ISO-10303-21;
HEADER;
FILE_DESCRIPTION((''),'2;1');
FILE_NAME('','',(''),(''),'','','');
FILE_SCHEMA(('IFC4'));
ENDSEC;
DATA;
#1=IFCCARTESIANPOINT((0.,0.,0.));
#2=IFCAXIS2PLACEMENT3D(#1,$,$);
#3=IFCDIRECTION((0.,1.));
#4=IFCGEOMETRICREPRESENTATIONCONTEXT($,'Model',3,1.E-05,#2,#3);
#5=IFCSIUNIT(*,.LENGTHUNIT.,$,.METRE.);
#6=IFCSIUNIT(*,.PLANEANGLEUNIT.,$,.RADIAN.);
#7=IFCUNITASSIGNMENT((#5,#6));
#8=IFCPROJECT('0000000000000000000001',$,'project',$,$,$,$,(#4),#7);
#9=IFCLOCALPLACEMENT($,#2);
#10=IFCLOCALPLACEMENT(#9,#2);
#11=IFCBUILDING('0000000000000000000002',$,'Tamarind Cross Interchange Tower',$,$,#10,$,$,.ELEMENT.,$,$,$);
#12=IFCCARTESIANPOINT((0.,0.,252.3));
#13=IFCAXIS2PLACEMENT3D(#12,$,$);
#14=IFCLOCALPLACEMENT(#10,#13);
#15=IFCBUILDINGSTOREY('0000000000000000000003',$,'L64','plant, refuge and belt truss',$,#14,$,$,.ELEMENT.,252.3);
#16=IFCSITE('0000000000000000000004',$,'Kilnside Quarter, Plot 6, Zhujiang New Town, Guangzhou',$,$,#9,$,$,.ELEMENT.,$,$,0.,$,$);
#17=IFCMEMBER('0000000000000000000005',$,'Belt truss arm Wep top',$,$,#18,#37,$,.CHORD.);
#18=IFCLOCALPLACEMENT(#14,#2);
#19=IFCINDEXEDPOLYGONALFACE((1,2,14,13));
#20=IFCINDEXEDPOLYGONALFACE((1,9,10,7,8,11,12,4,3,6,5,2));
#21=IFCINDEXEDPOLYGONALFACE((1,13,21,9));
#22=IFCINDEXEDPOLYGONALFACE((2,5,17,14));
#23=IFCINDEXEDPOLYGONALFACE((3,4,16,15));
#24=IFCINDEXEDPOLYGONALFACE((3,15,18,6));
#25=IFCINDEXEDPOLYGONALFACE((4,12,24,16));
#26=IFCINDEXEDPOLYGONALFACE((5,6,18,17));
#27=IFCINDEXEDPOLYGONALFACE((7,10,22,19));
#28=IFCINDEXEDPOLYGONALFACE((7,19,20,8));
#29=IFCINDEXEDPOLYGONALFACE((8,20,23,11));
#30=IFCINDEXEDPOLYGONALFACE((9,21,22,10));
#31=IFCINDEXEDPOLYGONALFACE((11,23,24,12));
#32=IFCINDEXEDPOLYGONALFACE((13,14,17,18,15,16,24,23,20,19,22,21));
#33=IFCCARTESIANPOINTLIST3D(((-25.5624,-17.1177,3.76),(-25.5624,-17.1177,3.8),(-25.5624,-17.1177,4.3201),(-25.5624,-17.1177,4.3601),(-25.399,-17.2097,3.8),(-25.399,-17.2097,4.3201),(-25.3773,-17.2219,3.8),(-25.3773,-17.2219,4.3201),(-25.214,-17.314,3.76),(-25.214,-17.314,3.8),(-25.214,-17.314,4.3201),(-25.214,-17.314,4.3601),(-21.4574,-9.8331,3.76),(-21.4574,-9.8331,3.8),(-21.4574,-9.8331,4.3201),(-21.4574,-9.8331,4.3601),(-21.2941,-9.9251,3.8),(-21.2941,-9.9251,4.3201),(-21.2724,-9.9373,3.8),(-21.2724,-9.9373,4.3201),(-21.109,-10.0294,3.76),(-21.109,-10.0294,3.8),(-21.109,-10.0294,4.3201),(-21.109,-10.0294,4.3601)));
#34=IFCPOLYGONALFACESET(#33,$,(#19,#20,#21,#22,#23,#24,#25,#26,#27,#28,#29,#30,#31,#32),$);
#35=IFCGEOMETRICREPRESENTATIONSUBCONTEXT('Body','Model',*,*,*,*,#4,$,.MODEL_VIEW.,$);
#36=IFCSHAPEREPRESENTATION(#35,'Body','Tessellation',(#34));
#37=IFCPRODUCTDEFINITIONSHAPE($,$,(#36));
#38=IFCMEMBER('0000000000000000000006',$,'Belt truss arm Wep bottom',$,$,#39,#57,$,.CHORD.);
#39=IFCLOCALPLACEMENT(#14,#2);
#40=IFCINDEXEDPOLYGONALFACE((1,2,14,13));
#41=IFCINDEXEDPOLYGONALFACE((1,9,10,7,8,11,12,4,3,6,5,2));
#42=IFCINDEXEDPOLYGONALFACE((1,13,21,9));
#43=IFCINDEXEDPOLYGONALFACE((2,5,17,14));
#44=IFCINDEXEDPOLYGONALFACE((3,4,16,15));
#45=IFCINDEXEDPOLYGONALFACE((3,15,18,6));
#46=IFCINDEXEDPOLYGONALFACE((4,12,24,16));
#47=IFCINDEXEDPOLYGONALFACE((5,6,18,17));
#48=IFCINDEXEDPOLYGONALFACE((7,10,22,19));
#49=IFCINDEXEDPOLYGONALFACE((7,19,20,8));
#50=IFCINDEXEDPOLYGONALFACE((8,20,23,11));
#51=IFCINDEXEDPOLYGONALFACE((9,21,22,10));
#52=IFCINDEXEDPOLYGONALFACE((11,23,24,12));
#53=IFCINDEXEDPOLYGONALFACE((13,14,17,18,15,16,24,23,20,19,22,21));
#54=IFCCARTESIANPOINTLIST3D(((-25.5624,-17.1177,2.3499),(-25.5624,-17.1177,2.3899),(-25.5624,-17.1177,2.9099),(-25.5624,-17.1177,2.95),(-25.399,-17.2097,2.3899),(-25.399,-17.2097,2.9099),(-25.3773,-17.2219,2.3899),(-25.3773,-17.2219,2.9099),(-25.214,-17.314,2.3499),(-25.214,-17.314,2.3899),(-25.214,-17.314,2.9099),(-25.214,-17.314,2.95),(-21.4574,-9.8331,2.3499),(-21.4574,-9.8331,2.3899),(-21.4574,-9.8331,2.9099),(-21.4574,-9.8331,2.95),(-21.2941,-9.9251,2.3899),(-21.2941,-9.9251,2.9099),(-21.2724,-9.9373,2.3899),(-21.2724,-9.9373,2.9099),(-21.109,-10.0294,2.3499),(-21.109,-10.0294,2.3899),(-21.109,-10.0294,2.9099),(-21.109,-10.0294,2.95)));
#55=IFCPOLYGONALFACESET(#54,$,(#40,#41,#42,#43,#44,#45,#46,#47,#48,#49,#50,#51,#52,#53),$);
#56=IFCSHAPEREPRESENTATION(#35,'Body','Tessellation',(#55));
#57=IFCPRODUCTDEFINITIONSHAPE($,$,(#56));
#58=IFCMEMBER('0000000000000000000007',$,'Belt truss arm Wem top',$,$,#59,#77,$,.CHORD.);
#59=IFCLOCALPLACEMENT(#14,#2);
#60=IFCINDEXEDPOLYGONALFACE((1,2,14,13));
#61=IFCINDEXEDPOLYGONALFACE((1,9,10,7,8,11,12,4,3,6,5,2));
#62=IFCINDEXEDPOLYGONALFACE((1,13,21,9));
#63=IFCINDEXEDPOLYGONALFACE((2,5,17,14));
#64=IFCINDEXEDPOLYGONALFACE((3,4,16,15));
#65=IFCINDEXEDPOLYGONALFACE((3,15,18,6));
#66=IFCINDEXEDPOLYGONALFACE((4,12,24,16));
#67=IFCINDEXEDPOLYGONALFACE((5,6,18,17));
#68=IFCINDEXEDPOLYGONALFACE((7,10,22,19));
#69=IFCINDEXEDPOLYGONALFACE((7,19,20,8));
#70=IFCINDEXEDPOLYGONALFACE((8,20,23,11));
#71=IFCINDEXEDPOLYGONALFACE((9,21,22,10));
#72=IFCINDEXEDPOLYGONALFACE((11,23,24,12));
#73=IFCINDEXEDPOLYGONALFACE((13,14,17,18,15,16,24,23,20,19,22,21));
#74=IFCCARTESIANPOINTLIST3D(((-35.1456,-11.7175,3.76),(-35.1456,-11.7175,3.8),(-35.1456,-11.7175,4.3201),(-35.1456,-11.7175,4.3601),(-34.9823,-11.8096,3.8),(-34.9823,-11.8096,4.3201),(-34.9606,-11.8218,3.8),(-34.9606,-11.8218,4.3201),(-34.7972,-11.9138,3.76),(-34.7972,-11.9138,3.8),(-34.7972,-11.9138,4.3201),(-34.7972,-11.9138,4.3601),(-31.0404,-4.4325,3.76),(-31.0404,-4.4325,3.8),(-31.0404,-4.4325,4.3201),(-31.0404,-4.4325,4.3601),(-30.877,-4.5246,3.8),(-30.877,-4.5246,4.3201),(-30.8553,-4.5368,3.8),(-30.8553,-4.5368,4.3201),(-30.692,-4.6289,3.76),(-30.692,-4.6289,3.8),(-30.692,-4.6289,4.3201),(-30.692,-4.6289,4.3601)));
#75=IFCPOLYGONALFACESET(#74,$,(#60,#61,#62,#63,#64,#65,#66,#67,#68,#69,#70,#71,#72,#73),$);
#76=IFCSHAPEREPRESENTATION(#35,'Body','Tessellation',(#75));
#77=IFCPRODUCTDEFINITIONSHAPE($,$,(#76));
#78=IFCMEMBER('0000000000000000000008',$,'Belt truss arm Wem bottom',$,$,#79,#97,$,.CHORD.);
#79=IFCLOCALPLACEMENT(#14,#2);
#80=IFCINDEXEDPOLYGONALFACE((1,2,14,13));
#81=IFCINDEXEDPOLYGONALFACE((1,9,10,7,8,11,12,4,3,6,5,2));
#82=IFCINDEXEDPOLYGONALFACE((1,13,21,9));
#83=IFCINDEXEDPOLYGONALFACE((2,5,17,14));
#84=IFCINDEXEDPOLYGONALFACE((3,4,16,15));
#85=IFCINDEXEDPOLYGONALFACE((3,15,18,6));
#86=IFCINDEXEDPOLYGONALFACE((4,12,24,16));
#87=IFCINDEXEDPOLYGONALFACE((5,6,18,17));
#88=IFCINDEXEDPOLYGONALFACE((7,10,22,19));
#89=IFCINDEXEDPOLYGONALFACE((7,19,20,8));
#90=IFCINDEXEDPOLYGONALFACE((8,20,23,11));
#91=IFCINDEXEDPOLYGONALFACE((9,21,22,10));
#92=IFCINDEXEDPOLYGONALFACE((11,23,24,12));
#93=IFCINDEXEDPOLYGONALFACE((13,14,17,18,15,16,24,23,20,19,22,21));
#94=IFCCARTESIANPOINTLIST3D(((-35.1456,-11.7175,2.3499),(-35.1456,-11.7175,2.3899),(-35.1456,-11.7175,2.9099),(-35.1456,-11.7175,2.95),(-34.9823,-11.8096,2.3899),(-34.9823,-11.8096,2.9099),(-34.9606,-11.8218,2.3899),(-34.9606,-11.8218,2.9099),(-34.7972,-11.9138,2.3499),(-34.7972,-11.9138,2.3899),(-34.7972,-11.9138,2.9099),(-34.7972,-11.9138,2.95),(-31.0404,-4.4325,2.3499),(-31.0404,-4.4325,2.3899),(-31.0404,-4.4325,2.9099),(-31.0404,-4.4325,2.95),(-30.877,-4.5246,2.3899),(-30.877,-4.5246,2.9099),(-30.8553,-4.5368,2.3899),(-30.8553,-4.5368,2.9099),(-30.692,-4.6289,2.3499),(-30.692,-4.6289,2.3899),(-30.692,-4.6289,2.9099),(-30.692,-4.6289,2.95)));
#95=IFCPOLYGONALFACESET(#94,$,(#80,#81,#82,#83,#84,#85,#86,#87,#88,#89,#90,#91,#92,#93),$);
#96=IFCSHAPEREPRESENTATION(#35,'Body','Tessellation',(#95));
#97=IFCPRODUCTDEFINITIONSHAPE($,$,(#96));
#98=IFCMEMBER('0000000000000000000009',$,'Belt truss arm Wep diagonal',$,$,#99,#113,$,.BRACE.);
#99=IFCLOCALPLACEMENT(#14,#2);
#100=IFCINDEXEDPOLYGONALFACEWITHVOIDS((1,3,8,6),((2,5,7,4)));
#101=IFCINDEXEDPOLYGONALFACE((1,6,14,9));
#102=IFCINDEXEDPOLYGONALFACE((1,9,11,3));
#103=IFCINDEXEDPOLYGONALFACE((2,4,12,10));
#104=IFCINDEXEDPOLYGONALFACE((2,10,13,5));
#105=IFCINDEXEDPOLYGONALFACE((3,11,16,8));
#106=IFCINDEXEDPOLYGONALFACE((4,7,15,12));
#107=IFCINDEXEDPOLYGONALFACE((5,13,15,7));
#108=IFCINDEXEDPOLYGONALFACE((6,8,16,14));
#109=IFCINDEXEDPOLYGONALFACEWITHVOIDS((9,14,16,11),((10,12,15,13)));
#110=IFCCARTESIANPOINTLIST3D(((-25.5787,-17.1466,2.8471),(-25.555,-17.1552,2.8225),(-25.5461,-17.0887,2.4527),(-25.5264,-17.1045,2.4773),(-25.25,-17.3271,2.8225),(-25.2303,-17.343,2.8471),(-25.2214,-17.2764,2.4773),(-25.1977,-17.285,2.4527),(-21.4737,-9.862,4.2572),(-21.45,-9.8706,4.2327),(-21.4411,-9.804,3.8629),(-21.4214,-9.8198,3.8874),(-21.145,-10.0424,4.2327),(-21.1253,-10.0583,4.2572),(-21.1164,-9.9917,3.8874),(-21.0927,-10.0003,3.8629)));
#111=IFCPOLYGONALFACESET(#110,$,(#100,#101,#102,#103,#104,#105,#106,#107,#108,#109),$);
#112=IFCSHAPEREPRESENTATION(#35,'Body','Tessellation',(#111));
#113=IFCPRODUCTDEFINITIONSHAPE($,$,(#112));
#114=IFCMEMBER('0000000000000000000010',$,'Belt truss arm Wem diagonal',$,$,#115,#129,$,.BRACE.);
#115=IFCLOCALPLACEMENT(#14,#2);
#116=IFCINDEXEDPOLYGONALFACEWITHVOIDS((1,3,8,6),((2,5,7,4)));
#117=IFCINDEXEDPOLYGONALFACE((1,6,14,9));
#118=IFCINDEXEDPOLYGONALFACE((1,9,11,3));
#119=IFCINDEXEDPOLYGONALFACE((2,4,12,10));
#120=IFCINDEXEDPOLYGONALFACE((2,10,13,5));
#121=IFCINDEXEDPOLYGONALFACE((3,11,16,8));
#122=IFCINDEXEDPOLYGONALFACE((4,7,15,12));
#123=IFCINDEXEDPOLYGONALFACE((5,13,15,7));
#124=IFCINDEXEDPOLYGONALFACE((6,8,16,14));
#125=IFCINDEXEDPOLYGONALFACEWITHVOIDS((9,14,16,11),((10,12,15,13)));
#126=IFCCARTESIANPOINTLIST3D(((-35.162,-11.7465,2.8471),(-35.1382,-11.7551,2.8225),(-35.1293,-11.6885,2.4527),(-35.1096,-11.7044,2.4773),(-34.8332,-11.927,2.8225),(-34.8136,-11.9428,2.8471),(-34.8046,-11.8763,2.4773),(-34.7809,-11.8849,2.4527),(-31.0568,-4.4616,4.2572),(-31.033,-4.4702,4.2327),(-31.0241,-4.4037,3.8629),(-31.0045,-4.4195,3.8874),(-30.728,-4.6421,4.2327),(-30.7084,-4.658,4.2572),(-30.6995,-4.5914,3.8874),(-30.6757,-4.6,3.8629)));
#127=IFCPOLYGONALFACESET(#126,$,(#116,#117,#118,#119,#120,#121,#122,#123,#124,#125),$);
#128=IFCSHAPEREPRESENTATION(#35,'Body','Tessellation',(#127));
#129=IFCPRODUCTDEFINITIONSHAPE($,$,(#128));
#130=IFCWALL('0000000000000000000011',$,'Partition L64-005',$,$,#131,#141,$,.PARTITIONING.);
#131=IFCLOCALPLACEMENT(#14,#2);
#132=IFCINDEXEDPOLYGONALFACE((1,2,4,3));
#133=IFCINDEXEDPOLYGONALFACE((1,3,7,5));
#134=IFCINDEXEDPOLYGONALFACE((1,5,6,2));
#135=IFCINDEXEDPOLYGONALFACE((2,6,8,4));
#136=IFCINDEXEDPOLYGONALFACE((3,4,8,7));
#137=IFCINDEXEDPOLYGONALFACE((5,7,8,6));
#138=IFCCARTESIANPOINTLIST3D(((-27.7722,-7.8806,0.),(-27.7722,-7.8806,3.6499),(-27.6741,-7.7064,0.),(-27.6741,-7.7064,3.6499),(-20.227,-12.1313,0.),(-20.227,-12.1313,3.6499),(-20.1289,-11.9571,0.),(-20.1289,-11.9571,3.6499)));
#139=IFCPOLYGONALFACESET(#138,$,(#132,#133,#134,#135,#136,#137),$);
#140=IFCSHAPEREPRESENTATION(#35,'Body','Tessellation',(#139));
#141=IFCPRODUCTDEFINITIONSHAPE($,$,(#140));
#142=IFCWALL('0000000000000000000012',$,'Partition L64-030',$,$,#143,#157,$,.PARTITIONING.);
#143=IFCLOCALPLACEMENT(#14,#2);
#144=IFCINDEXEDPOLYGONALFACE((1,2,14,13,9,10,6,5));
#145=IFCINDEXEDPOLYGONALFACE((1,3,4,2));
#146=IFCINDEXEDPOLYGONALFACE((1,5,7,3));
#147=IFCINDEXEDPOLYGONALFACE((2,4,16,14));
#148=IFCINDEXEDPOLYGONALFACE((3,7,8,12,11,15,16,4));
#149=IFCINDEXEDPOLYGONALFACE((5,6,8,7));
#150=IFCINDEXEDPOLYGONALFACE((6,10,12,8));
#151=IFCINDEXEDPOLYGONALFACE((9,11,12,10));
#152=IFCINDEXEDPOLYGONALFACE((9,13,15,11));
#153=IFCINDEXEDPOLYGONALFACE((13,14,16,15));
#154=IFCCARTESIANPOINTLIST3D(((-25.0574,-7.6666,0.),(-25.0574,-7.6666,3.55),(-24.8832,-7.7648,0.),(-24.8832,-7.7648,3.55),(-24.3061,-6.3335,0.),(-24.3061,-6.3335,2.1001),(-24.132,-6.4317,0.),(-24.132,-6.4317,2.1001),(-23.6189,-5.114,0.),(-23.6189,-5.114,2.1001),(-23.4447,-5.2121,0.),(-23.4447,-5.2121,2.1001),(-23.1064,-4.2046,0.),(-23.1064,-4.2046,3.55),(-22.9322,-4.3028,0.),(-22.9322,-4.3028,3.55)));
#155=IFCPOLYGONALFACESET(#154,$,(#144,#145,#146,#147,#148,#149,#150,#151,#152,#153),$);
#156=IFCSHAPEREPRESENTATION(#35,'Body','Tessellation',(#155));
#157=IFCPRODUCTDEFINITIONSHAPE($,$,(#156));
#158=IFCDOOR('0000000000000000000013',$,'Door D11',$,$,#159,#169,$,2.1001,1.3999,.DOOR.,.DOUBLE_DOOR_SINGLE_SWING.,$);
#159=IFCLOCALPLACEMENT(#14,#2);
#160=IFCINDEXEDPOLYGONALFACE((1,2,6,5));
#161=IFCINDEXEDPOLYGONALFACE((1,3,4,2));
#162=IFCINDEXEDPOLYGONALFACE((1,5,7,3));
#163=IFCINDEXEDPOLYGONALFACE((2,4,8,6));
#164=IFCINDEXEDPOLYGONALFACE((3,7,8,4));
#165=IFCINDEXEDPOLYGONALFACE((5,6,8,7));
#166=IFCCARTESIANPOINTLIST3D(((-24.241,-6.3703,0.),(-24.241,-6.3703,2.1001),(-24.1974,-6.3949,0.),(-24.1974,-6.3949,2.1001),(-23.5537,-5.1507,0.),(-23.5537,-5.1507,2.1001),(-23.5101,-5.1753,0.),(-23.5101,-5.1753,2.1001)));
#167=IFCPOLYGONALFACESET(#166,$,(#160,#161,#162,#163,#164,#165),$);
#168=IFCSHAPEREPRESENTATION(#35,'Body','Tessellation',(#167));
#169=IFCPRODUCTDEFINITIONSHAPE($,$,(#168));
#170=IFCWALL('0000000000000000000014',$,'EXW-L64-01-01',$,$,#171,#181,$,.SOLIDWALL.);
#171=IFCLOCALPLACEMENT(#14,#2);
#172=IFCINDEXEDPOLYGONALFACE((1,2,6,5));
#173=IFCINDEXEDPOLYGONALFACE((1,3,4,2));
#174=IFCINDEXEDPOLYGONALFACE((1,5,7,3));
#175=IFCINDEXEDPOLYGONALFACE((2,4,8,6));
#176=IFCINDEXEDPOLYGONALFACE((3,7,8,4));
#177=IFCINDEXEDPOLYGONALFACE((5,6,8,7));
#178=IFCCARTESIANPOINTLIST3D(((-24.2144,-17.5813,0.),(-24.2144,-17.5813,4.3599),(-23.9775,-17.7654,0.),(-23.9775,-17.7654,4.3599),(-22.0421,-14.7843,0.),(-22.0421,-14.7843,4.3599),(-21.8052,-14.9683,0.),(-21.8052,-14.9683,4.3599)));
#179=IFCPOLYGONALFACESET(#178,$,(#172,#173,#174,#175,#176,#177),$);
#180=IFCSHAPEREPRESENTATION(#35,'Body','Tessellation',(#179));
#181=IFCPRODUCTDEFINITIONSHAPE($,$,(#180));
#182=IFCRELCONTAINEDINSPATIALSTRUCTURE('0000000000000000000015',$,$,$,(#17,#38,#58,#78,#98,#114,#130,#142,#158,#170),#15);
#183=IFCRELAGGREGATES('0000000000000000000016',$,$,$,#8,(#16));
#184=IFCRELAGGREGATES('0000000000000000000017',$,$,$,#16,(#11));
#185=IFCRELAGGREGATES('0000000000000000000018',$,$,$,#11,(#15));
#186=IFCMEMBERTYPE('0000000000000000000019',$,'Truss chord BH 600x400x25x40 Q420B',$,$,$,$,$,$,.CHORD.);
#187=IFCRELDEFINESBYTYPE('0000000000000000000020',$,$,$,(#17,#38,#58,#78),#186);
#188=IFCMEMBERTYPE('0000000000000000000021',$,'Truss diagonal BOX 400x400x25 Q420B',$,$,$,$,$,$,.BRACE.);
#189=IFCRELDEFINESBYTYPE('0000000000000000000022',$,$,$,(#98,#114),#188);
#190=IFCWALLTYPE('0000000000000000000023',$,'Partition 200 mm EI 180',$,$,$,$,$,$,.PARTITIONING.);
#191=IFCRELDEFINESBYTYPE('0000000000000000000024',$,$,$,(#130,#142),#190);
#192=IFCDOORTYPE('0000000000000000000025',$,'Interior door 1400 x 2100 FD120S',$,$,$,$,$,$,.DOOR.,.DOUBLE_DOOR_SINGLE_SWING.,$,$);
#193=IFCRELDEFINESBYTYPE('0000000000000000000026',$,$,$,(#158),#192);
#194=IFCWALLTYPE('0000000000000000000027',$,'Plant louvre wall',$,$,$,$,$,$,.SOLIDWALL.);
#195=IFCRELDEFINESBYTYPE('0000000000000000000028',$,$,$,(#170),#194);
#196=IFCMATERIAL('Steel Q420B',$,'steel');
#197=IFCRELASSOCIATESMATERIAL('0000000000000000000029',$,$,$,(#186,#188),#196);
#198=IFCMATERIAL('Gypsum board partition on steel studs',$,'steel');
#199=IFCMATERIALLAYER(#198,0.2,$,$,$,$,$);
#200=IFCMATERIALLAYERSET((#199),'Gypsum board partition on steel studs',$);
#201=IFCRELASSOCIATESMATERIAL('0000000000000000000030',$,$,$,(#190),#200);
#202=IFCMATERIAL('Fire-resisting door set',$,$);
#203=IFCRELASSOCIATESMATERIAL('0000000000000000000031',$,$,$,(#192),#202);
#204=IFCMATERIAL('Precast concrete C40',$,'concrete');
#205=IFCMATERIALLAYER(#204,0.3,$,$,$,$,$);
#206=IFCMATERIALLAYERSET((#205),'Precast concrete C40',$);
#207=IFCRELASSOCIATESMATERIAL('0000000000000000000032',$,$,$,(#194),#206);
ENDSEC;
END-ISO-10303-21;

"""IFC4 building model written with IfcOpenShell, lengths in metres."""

from ifc_helpers import new_model, si_unit, direction, frame, frame_2d, origin, origin_2d, place, context, subcontext, project, spatial, rectangle, hollow_rectangle, i_section, extrude, material, layer, layer_set, material_profile, profile_set, type_object, element, fill, save


model = new_model("IFC4")

# Units and contexts
model_context = context("Model", 3, precision=1e-05, world=origin(), true_north=direction((0.0, 1.0)))
body_context = subcontext(model_context, "Body", "Model", "MODEL_VIEW")
ifc_project = project(units=[si_unit("LENGTHUNIT", "METRE"), si_unit("PLANEANGLEUNIT", "RADIAN")], contexts=[model_context])

# Site, building, storey
site_placement = place(None, origin())
site = spatial("IfcSite", under=ifc_project, at=site_placement, Name="Kilnside Quarter, Plot 6, Zhujiang New Town, Guangzhou", CompositionType="ELEMENT", RefElevation=0.0)
building_placement = place(site_placement, origin())
building = spatial("IfcBuilding", under=site, at=building_placement, Name="Tamarind Cross Interchange Tower", CompositionType="ELEMENT")
storey_placement = place(building_placement, frame((0.0, 0.0, 252.3)))
storey = spatial("IfcBuildingStorey", under=building, at=storey_placement, Name="L64", Description="plant, refuge and belt truss", CompositionType="ELEMENT", Elevation=252.3)

# Members
ifc_material_1 = material(Name="Steel Q420B", Category="steel")
ifc_material_profile_1 = material_profile(ifc_material_1, i_section(OverallWidth=0.3999, OverallDepth=0.6001, WebThickness=0.0249, FlangeThickness=0.04, at=origin_2d()), Name="BH 600x400x25x40")
ifc_profile_set_1 = profile_set([ifc_material_profile_1], Name="Steel Q420B")
member_type_1 = type_object("IfcMemberType", Name="Truss chord BH 600x400x25x40 Q420B", PredefinedType="CHORD", material=ifc_profile_set_1)
for number, where, z_axis, x_axis, name in (
    (1, (-25.3882, -17.2158, 4.0601), (0.490929, 0.871199, 0.0), (-0.871199, 0.490929, 0.0), "Belt truss arm Wep top"),
    (2, (-25.3882, -17.2158, 2.6499), (0.490929, 0.871199, 0.0), (-0.871199, 0.490929, 0.0), "Belt truss arm Wep bottom"),
):
    element("IfcMember", number, at=place(storey_placement, frame(where, z_axis=z_axis, x_axis=x_axis)), inside=storey, type_object=member_type_1, Name=name, PredefinedType="CHORD", context=body_context, shape_type="SweptSolid", body=[
        extrude(i_section(OverallWidth=0.3999, OverallDepth=0.6001, WebThickness=0.0249, FlangeThickness=0.04, at=origin_2d()), origin(), (0.0, 0.0, 1.0), 8.3616),
    ])
for number, where, z_axis, x_axis, name in (
    (3, (-34.9714, -11.8157, 4.0601), (0.490939, 0.871194, 0.0), (-0.871194, 0.490939, 0.0), "Belt truss arm Wem top"),
    (4, (-34.9714, -11.8157, 2.6499), (0.490939, 0.871194, 0.0), (-0.871194, 0.490939, 0.0), "Belt truss arm Wem bottom"),
):
    element("IfcMember", number, at=place(storey_placement, frame(where, z_axis=z_axis, x_axis=x_axis)), inside=storey, type_object=member_type_1, Name=name, PredefinedType="CHORD", context=body_context, shape_type="SweptSolid", body=[
        extrude(i_section(OverallWidth=0.3999, OverallDepth=0.6001, WebThickness=0.0249, FlangeThickness=0.04, at=origin_2d()), origin(), (0.0, 0.0, 1.0), 8.3621),
    ])
ifc_material_profile_2 = material_profile(ifc_material_1, hollow_rectangle(XDim=0.3999, YDim=0.3999, WallThickness=0.0249, at=origin_2d()), Name="BOX 400x400x25")
ifc_profile_set_2 = profile_set([ifc_material_profile_2], Name="Steel Q420B")
member_type_2 = type_object("IfcMemberType", Name="Truss diagonal BOX 400x400x25 Q420B", PredefinedType="BRACE", material=ifc_profile_set_2)
member_1_placement = place(storey_placement, frame((-25.3882, -17.2158, 2.6499), z_axis=(0.484093, 0.859069, 0.166297), x_axis=(-0.871199, 0.490929, 0.0)))
element("IfcMember", 5, at=member_1_placement, inside=storey, type_object=member_type_2, Name="Belt truss arm Wep diagonal", PredefinedType="BRACE", context=body_context, shape_type="SweptSolid", body=[
    extrude(hollow_rectangle(XDim=0.3999, YDim=0.3999, WallThickness=0.0249, at=origin_2d()), origin(), (0.0, 0.0, 1.0), 8.4797),
])
member_2_placement = place(storey_placement, frame((-34.9714, -11.8157, 2.6499), z_axis=(0.484103, 0.859064, 0.166291), x_axis=(-0.871194, 0.490939, 0.0)))
element("IfcMember", 6, at=member_2_placement, inside=storey, type_object=member_type_2, Name="Belt truss arm Wem diagonal", PredefinedType="BRACE", context=body_context, shape_type="SweptSolid", body=[
    extrude(hollow_rectangle(XDim=0.3999, YDim=0.3999, WallThickness=0.0249, at=origin_2d()), origin(), (0.0, 0.0, 1.0), 8.48),
])

# Wall
ifc_material_2 = material(Name="Gypsum board partition on steel studs", Category="steel")
ifc_layer_1 = layer(ifc_material_2, 0.2)
ifc_layer_set_1 = layer_set([ifc_layer_1], Name="Gypsum board partition on steel studs")
wall_type_1 = type_object("IfcWallType", Name="Partition 200 mm EI 180", PredefinedType="PARTITIONING", material=ifc_layer_set_1)
wall_1_placement = place(storey_placement, frame((-27.7231, -7.7935, 0.0), z_axis=(0.0, 0.0, 1.0), x_axis=(0.871251, -0.490838, 0.0)))
element("IfcWall", 7, at=wall_1_placement, inside=storey, type_object=wall_type_1, Name="Partition L64-005", PredefinedType="PARTITIONING", context=body_context, shape_type="SweptSolid", body=[
    extrude(rectangle(XDim=8.6602, YDim=0.2, at=frame_2d((4.3301, 0.0))), origin(), (0.0, 0.0, 1.0), 3.6499),
])

# Wall, opening, door
wall_2_placement = place(storey_placement, frame((-24.9702, -7.7156, 0.0), z_axis=(0.0, 0.0, 1.0), x_axis=(0.490949, 0.871188, 0.0)))
wall_2 = element("IfcWall", 8, at=wall_2_placement, inside=storey, type_object=wall_type_1, Name="Partition L64-030", PredefinedType="PARTITIONING", context=body_context, shape_type="SweptSolid", body=[
    extrude(rectangle(XDim=3.9739, YDim=0.2, at=frame_2d((1.9868, 0.0))), origin(), (0.0, 0.0, 1.0), 3.55),
])
opening_1_placement = place(wall_2_placement, frame((1.53, 0.0, 0.0)))
opening_1 = element("IfcOpeningElement", 9, at=opening_1_placement, cuts=wall_2, PredefinedType="OPENING", context=body_context, shape_type="SweptSolid", body=[
    extrude(rectangle(XDim=1.3999, YDim=2.1001, at=frame_2d((0.7, 1.05))), frame((0.0, 0.1099, 0.0), z_axis=(0.0, -1.0, 0.0), x_axis=(1.0, 0.0, 0.0)), (0.0, 0.0, 1.0), 0.22),
])
ifc_material_3 = material(Name="Fire-resisting door set")
door_type = type_object("IfcDoorType", Name="Interior door 1400 x 2100 FD120S", OperationType="DOUBLE_DOOR_SINGLE_SWING", PredefinedType="DOOR", material=ifc_material_3)
door_placement = place(opening_1_placement, frame((1.3999, 0.0, 0.0), z_axis=(0.0, 0.0, 1.0), x_axis=(-1.0, 0.0, 0.0)))
door = element("IfcDoor", 10, at=door_placement, inside=storey, type_object=door_type, Name="Door D11", OperationType="DOUBLE_DOOR_SINGLE_SWING", OverallHeight=2.1001, OverallWidth=1.3999, PredefinedType="DOOR", context=body_context, shape_type="SweptSolid", body=[
    extrude(rectangle(XDim=1.3999, YDim=2.1001, at=frame_2d((0.7, 1.05))), frame((0.0, 0.0249, 0.0), z_axis=(0.0, -1.0, 0.0), x_axis=(1.0, 0.0, 0.0)), (0.0, 0.0, 1.0), 0.05),
])
fill(opening_1, door)

# Shared definitions
ifc_material_4 = material(Name="Precast concrete C40", Category="concrete")
ifc_layer_2 = layer(ifc_material_4, 0.3)
ifc_layer_set_2 = layer_set([ifc_layer_2], Name="Precast concrete C40")
wall_type_2 = type_object("IfcWallType", Name="Plant louvre wall", PredefinedType="SOLIDWALL", material=ifc_layer_set_2)

# Wall
wall_3_placement = place(storey_placement, frame((-24.0959, -17.6733, 0.0), z_axis=(0.0, 0.0, 1.0), x_axis=(0.613382, 0.789786, 0.0)))
element("IfcWall", 11, at=wall_3_placement, inside=storey, type_object=wall_type_2, Name="EXW-L64-01-01", PredefinedType="SOLIDWALL", context=body_context, shape_type="SweptSolid", body=[
    extrude(rectangle(XDim=3.5415, YDim=0.3, at=frame_2d((1.7708, 0.0))), origin(), (0.0, 0.0, 1.0), 4.3599),
])

save(model, "model.ifc")
